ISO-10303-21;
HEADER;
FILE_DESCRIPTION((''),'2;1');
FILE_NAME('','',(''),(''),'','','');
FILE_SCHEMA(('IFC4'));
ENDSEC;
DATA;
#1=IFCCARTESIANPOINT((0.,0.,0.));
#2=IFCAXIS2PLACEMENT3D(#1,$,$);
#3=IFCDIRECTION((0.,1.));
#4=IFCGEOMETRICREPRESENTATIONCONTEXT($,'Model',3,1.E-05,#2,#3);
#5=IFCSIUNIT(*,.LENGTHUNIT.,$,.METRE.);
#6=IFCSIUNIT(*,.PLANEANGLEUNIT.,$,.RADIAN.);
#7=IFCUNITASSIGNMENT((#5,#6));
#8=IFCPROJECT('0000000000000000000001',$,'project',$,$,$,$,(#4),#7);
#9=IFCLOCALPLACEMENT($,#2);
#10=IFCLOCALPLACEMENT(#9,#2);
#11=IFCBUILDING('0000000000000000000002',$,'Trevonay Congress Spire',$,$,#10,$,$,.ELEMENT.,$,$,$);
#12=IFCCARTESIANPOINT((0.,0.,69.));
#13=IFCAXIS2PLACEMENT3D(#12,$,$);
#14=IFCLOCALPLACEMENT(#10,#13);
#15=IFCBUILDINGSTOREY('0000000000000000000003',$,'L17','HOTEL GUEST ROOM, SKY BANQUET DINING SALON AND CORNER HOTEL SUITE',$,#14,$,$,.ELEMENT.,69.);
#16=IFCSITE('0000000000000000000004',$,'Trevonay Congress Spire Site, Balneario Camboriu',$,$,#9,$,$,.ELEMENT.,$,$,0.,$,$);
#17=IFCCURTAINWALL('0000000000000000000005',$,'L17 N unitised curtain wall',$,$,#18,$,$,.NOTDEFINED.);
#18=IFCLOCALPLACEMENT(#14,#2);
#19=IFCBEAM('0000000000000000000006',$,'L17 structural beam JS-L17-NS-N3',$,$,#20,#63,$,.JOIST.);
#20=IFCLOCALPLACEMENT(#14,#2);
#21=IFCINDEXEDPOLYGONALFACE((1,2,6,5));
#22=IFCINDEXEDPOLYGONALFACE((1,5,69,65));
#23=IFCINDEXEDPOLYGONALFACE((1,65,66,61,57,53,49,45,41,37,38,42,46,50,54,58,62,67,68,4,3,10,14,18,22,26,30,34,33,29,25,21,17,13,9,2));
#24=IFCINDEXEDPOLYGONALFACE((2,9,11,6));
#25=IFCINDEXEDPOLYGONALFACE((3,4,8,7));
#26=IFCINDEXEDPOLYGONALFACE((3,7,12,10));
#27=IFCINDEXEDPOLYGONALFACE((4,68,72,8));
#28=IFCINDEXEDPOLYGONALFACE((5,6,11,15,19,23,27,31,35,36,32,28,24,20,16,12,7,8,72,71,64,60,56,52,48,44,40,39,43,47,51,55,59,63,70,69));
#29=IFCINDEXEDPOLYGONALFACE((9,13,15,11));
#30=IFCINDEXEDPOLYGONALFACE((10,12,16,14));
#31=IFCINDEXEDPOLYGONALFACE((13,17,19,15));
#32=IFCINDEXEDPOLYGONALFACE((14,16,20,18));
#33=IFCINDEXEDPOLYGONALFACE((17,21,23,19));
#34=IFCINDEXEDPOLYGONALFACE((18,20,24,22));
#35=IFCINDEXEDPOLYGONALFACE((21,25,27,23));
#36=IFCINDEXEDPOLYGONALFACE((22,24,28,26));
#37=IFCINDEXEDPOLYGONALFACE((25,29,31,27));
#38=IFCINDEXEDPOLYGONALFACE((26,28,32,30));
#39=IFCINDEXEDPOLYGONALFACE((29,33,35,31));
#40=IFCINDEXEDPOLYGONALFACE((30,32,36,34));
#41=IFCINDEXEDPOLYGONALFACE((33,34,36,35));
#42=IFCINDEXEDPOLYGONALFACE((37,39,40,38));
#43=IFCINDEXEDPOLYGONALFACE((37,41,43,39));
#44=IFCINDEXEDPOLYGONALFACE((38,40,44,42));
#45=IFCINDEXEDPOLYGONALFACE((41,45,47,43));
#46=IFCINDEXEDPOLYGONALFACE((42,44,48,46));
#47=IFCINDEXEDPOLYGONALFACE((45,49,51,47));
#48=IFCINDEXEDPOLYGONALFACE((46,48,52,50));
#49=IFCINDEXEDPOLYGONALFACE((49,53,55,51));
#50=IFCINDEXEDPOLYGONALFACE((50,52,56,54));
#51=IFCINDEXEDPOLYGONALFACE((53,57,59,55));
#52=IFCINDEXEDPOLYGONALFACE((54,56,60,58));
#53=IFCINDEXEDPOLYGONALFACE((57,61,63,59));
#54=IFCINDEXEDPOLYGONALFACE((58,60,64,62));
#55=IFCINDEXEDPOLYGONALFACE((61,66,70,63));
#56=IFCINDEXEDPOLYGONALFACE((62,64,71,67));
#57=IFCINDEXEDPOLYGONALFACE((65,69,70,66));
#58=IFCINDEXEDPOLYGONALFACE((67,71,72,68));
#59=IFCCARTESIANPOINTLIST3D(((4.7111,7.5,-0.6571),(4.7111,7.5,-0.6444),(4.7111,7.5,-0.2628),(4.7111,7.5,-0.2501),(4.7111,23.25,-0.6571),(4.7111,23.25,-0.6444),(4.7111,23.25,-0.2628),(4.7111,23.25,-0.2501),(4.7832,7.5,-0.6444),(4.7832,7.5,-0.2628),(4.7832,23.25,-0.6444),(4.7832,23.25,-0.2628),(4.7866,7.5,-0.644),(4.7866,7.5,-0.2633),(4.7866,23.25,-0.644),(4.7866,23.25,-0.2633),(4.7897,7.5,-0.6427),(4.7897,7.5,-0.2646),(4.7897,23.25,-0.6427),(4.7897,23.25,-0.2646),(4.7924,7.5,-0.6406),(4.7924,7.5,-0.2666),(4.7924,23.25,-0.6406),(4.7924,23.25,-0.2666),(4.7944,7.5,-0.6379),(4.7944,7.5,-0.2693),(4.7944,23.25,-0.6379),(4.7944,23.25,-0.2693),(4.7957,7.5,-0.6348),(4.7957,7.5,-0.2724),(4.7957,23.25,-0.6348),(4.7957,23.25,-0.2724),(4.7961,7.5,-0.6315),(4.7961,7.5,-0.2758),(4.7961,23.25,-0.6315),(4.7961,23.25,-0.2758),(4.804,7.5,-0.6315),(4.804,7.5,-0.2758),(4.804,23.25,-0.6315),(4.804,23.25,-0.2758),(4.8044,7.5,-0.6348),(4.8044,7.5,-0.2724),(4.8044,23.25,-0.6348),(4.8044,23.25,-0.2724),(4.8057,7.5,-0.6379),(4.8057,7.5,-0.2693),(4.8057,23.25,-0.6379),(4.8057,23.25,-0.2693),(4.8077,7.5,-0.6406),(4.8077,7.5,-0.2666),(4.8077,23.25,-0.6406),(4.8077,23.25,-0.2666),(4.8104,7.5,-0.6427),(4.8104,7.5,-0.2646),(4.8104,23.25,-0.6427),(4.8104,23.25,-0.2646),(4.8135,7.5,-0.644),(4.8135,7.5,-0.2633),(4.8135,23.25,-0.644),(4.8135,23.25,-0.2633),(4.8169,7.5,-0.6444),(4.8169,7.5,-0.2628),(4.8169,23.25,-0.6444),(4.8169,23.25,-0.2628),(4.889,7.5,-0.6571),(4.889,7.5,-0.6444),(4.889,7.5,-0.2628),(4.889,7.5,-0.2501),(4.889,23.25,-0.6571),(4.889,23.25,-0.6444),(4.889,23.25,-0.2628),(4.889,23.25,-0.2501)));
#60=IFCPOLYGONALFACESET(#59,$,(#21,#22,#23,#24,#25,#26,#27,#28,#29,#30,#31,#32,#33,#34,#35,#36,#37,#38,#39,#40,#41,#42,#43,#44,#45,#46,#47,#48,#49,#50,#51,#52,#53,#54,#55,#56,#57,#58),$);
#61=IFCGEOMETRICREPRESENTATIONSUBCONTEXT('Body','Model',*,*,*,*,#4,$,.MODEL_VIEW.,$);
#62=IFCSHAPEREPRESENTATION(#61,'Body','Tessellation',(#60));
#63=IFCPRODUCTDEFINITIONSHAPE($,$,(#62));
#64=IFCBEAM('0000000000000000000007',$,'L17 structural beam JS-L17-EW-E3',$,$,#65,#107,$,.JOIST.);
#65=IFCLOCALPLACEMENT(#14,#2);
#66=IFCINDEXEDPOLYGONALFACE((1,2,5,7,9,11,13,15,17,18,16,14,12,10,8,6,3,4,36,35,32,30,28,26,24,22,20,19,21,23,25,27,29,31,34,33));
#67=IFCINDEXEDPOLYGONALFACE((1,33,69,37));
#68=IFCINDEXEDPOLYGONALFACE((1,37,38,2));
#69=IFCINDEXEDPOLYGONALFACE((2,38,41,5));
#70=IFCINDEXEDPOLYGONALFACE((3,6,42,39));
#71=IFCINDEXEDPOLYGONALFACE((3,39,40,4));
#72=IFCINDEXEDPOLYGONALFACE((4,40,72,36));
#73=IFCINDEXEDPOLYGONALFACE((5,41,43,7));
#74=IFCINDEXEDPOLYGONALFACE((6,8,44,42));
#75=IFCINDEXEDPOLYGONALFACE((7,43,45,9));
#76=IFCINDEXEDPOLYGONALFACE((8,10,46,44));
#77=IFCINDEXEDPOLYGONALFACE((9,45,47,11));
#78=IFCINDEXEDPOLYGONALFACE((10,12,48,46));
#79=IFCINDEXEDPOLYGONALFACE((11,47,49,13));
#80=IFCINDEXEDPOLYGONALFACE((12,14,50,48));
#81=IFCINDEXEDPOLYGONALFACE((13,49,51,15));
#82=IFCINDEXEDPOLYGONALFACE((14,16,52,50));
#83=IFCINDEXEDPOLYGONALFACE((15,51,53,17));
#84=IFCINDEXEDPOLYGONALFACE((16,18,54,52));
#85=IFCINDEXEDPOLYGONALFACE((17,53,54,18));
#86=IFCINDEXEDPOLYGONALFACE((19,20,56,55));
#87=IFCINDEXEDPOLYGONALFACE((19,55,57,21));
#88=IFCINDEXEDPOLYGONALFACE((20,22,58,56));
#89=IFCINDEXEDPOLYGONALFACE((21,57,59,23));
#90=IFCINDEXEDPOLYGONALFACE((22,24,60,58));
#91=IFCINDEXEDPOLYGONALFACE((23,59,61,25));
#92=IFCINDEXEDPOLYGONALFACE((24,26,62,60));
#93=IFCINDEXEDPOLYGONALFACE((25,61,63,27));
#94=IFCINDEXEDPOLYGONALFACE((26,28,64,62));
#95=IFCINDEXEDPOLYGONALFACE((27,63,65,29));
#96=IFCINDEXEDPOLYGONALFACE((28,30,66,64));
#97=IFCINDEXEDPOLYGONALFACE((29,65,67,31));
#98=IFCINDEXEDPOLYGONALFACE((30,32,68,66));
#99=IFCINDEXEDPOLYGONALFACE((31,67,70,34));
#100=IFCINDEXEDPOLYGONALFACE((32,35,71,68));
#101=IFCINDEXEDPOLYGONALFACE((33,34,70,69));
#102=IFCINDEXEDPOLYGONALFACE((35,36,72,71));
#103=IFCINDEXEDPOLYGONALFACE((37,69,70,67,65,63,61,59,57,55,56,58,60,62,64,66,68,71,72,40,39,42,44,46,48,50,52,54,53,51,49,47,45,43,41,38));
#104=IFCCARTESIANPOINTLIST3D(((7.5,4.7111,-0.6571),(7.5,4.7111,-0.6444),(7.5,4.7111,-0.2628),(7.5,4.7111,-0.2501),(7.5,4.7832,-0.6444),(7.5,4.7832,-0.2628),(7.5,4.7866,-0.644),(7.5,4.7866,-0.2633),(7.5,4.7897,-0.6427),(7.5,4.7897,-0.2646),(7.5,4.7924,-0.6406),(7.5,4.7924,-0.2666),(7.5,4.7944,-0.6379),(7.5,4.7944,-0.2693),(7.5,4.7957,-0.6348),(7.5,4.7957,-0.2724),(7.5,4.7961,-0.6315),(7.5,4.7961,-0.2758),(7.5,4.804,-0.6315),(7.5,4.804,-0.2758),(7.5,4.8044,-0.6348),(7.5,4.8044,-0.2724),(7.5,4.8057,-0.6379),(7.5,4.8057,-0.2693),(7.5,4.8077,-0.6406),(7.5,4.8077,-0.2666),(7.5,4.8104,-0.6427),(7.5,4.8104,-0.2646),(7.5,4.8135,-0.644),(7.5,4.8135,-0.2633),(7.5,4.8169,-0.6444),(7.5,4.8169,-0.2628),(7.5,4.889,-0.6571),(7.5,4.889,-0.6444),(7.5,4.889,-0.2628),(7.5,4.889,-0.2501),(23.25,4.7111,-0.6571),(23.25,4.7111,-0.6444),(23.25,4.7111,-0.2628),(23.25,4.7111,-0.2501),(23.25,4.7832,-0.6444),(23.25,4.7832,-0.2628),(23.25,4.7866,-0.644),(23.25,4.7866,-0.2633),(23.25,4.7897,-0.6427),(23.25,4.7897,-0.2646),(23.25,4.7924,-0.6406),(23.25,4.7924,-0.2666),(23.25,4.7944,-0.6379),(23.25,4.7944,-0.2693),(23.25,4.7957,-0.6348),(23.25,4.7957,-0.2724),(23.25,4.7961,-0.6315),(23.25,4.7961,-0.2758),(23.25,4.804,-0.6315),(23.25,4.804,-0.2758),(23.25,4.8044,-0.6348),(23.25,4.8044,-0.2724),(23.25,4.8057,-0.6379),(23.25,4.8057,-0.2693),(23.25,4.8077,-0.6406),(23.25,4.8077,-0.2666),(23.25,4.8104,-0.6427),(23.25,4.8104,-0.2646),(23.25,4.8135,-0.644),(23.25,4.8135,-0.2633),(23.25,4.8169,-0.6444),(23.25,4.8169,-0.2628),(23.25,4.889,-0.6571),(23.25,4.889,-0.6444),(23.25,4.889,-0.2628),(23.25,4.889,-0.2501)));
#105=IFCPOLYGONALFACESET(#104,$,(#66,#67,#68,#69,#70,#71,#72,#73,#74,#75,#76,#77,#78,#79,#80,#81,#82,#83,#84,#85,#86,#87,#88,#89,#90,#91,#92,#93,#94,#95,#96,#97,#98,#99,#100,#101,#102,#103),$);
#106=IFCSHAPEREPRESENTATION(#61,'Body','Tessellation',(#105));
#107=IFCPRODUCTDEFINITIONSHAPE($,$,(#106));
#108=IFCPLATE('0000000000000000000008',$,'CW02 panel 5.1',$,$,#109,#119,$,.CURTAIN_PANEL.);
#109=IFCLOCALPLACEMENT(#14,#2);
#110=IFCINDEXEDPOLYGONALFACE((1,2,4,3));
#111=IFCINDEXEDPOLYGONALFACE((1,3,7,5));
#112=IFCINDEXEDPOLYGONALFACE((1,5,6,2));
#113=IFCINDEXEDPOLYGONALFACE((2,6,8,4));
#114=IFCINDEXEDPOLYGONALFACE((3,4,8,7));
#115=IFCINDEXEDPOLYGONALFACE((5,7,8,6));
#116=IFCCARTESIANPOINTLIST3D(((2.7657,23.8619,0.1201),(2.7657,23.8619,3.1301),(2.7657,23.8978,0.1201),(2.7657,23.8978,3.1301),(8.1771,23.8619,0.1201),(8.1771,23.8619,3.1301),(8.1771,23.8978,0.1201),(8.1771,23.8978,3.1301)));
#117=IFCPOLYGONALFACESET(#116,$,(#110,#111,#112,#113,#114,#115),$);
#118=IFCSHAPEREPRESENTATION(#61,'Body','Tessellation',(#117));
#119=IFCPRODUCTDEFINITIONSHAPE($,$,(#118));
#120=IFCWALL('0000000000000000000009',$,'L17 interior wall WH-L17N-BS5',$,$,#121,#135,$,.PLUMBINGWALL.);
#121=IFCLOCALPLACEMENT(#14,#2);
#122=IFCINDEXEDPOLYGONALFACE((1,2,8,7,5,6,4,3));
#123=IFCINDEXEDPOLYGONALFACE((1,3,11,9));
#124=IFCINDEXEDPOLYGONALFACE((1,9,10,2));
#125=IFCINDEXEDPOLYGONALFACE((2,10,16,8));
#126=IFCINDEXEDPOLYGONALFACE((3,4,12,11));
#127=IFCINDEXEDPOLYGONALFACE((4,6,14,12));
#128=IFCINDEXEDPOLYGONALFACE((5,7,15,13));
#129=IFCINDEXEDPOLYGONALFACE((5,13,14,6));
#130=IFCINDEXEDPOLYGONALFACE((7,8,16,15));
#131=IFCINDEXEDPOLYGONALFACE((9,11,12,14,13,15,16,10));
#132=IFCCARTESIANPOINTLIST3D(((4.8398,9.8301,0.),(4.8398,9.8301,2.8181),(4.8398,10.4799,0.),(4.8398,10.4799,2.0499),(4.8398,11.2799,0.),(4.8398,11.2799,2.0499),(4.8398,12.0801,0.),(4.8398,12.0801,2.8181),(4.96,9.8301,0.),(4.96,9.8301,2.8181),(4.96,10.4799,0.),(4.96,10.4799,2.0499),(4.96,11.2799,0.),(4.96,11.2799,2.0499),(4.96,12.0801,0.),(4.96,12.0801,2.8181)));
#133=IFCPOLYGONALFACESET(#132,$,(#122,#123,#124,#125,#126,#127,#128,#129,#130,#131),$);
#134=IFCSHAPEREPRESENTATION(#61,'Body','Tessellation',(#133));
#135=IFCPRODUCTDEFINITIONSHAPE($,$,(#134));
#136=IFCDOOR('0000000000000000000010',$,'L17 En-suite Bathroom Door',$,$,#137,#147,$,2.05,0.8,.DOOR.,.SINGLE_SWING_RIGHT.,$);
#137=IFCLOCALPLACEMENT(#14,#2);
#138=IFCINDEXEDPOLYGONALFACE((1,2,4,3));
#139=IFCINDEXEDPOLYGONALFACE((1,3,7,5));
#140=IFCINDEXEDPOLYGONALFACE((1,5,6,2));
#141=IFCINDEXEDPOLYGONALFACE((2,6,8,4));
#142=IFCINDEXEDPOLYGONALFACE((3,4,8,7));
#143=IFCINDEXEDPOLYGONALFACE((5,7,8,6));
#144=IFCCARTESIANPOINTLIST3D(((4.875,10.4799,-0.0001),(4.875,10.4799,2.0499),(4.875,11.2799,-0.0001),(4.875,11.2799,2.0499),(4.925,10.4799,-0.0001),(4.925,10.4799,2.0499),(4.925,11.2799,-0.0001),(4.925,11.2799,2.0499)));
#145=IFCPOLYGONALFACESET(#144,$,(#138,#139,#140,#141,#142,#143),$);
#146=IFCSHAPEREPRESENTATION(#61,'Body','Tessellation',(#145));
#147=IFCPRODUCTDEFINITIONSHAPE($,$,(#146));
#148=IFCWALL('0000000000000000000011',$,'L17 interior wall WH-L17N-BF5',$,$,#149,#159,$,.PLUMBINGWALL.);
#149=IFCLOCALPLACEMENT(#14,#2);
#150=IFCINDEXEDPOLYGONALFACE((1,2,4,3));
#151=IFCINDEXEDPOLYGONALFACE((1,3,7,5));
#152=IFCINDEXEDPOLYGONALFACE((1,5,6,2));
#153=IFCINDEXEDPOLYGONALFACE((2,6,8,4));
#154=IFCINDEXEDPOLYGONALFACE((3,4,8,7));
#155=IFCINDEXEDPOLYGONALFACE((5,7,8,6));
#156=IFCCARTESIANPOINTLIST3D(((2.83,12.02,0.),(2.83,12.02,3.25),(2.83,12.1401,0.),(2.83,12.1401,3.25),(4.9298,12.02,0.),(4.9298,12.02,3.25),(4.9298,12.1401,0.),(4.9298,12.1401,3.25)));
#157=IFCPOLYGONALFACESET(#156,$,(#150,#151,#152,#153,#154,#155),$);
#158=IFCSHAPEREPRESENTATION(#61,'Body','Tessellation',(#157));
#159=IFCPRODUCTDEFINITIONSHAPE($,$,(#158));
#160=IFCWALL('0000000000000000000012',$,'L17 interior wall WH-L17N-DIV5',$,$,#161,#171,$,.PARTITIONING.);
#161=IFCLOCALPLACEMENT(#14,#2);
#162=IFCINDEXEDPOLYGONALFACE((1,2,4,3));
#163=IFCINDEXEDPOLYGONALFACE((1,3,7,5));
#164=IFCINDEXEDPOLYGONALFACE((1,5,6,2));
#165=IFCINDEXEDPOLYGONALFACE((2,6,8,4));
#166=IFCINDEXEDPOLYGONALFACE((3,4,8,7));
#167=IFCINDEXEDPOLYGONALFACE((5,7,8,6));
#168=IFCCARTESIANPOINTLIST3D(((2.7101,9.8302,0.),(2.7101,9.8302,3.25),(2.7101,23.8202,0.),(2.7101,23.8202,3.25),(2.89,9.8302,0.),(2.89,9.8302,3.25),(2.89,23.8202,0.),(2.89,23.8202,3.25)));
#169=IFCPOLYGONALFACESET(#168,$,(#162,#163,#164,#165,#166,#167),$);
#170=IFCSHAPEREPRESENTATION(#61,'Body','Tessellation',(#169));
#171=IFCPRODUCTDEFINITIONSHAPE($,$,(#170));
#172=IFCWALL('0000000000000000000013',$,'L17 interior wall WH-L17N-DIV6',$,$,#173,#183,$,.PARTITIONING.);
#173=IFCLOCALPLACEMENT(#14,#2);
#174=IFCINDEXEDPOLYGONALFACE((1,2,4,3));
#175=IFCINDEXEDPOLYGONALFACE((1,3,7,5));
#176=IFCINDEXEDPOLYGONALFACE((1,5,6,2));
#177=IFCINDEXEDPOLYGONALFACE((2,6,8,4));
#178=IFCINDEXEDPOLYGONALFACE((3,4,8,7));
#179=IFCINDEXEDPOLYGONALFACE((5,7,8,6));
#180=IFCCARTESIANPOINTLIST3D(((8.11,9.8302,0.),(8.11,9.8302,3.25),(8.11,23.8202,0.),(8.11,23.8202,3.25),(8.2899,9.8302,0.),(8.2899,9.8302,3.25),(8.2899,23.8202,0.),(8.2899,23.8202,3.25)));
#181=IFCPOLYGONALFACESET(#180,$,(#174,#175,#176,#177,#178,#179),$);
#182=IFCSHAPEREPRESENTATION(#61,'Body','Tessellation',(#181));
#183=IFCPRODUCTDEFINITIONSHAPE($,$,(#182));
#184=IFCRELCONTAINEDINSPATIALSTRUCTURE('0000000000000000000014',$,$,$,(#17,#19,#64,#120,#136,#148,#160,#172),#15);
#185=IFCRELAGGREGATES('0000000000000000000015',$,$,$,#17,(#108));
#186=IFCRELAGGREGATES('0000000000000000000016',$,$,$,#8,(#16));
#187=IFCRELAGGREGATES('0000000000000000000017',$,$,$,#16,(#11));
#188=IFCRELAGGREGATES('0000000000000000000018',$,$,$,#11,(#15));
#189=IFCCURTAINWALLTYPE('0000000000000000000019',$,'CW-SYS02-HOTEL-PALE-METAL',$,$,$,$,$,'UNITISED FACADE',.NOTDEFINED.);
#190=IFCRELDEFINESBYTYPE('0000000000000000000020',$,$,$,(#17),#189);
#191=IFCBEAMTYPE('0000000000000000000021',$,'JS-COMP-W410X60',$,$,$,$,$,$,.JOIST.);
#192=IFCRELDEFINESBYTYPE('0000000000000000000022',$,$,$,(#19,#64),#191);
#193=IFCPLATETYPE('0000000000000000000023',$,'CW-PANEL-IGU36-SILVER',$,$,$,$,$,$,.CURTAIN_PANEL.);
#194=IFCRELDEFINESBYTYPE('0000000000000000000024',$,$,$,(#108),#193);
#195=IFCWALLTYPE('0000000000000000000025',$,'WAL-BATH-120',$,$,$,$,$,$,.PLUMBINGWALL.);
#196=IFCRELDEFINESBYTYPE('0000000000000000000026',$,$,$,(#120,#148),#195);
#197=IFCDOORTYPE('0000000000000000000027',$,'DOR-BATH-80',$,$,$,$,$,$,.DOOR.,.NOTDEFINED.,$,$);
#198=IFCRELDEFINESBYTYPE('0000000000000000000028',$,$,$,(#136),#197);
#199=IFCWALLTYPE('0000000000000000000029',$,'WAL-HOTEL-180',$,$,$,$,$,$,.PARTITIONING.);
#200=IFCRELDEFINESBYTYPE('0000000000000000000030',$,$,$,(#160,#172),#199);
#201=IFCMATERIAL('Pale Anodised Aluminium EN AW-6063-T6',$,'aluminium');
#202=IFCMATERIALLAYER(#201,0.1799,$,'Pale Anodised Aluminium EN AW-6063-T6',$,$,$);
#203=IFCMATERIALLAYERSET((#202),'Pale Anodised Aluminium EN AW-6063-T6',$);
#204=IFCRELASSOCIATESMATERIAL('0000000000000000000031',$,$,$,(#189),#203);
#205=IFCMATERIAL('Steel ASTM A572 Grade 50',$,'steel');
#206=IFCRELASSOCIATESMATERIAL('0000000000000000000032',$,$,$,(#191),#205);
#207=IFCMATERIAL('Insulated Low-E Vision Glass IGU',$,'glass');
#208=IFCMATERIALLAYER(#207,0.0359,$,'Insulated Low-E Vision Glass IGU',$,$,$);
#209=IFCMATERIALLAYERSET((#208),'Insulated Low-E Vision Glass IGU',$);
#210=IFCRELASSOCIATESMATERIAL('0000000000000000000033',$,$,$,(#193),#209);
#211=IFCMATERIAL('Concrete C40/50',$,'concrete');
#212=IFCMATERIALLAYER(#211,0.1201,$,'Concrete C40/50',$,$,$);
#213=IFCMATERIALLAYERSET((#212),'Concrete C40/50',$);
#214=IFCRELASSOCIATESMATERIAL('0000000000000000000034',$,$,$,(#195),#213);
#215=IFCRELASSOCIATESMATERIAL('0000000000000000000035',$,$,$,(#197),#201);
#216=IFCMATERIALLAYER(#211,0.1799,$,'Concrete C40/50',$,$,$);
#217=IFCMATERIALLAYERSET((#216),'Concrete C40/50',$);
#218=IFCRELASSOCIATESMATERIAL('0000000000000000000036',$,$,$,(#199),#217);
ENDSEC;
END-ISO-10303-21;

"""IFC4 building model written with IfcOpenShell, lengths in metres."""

from ifc_helpers import new_model, si_unit, direction, frame, frame_2d, origin, origin_2d, place, context, subcontext, project, spatial, rectangle, i_section, extrude, material, layer, layer_set, material_profile, profile_set, type_object, element, fill, aggregate, save


model = new_model("IFC4")

# Units and contexts
model_context = context("Model", 3, precision=1e-05, world=origin(), true_north=direction((0.0, 1.0)))
body_context = subcontext(model_context, "Body", "Model", "MODEL_VIEW")
ifc_project = project(units=[si_unit("LENGTHUNIT", "METRE"), si_unit("PLANEANGLEUNIT", "RADIAN")], contexts=[model_context])

# Site, building, storey
site_placement = place(None, origin())
site = spatial("IfcSite", under=ifc_project, at=site_placement, Name="Trevonay Congress Spire Site, Balneario Camboriu", CompositionType="ELEMENT", RefElevation=0.0)
building_placement = place(site_placement, origin())
building = spatial("IfcBuilding", under=site, at=building_placement, Name="Trevonay Congress Spire", CompositionType="ELEMENT")
storey_placement = place(building_placement, frame((0.0, 0.0, 69.0)))
storey = spatial("IfcBuildingStorey", under=building, at=storey_placement, Name="L17", Description="HOTEL GUEST ROOM, SKY BANQUET DINING SALON AND CORNER HOTEL SUITE", CompositionType="ELEMENT", Elevation=69.0)

# Shared definitions
ifc_material_1 = material(Name="Steel ASTM A572 Grade 50", Category="steel")

# Curtain wall
ifc_material_2 = material(Name="Pale Anodised Aluminium EN AW-6063-T6", Category="aluminium")
ifc_layer_1 = layer(ifc_material_2, 0.1799, Name="Pale Anodised Aluminium EN AW-6063-T6")
ifc_layer_set_1 = layer_set([ifc_layer_1], Name="Pale Anodised Aluminium EN AW-6063-T6")
curtain_wall_type = type_object("IfcCurtainWallType", Name="CW-SYS02-HOTEL-PALE-METAL", ElementType="UNITISED FACADE", PredefinedType="NOTDEFINED", material=ifc_layer_set_1)
curtain_wall_placement = place(storey_placement, origin())
curtain_wall = element("IfcCurtainWall", 1, at=curtain_wall_placement, inside=storey, type_object=curtain_wall_type, Name="L17 N unitised curtain wall", PredefinedType="NOTDEFINED")

# Beams
ifc_material_profile_1 = material_profile(ifc_material_1, i_section(OverallWidth=0.178, OverallDepth=0.407, WebThickness=0.0078, FlangeThickness=0.0127, FilletRadius=0.0129, at=origin_2d()), Name="W410x60")
ifc_profile_set_1 = profile_set([ifc_material_profile_1], Name="Steel ASTM A572 Grade 50")
beam_type_1 = type_object("IfcBeamType", Name="JS-COMP-W410X60", PredefinedType="JOIST", material=ifc_profile_set_1)
for number, where, z_axis, x_axis, name in (
    (2, (4.8, 7.5, -0.4536), (0.0, 1.0, 0.0), (-1.0, 0.0, 0.0), "L17 structural beam JS-L17-NS-N3"),
    (3, (7.5, 4.8, -0.4536), (1.0, 0.0, 0.0), (0.0, 1.0, 0.0), "L17 structural beam JS-L17-EW-E3"),
):
    element("IfcBeam", number, at=place(storey_placement, frame(where, z_axis=z_axis, x_axis=x_axis)), inside=storey, type_object=beam_type_1, Name=name, PredefinedType="JOIST", context=body_context, shape_type="SweptSolid", body=[
        extrude(i_section(OverallWidth=0.178, OverallDepth=0.407, WebThickness=0.0078, FlangeThickness=0.0127, FilletRadius=0.0129, at=origin_2d()), origin(), (0.0, 0.0, 1.0), 15.75),
    ])

# Plate
ifc_material_3 = material(Name="Insulated Low-E Vision Glass IGU", Category="glass")
ifc_layer_2 = layer(ifc_material_3, 0.0359, Name="Insulated Low-E Vision Glass IGU")
ifc_layer_set_2 = layer_set([ifc_layer_2], Name="Insulated Low-E Vision Glass IGU")
plate_type = type_object("IfcPlateType", Name="CW-PANEL-IGU36-SILVER", PredefinedType="CURTAIN_PANEL", material=ifc_layer_set_2)
plate_placement = place(storey_placement, frame((5.4714, 23.8799, 0.1201), z_axis=(0.0, 0.0, 1.0), x_axis=(1.0, 0.0, 0.0)))
plate = element("IfcPlate", 4, at=plate_placement, type_object=plate_type, Name="CW02 panel 5.1", PredefinedType="CURTAIN_PANEL", context=body_context, shape_type="SweptSolid", body=[
    extrude(rectangle(XDim=5.4114, YDim=0.0359, at=origin_2d()), origin(), (0.0, 0.0, 1.0), 3.01),
])
aggregate(curtain_wall, [plate])

# Wall, opening, door
ifc_material_4 = material(Name="Concrete C40/50", Category="concrete")
ifc_layer_3 = layer(ifc_material_4, 0.1201, Name="Concrete C40/50")
ifc_layer_set_3 = layer_set([ifc_layer_3], Name="Concrete C40/50")
wall_type_1 = type_object("IfcWallType", Name="WAL-BATH-120", PredefinedType="PLUMBINGWALL", material=ifc_layer_set_3)
wall_1_placement = place(storey_placement, frame((4.8999, 9.8301, 0.0), z_axis=(0.0, 0.0, 1.0), x_axis=(0.0, 1.0, 0.0)))
wall_1 = element("IfcWall", 5, at=wall_1_placement, inside=storey, type_object=wall_type_1, Name="L17 interior wall WH-L17N-BS5", PredefinedType="PLUMBINGWALL", context=body_context, shape_type="SweptSolid", body=[
    extrude(rectangle(XDim=2.25, YDim=0.1201, at=frame_2d((1.125, 0.0))), origin(), (0.0, 0.0, 1.0), 2.8181),
])
opening_1_placement = place(wall_1_placement, frame((0.6499, 0.0, 0.0)))
opening_1 = element("IfcOpeningElement", 6, at=opening_1_placement, cuts=wall_1, PredefinedType="OPENING", context=body_context, shape_type="SweptSolid", body=[
    extrude(rectangle(XDim=0.8, YDim=2.05, at=frame_2d((0.3999, 1.0249))), frame((0.0, 0.0701, 0.0), z_axis=(0.0, -1.0, 0.0), x_axis=(1.0, 0.0, 0.0)), (0.0, 0.0, 1.0), 0.1401),
])
door_type_1 = type_object("IfcDoorType", Name="DOR-BATH-80", OperationType="NOTDEFINED", PredefinedType="DOOR", material=ifc_material_2)
door_1_placement = place(opening_1_placement, origin())
door_1 = element("IfcDoor", 7, at=door_1_placement, inside=storey, type_object=door_type_1, Name="L17 En-suite Bathroom Door", OperationType="SINGLE_SWING_RIGHT", OverallHeight=2.05, OverallWidth=0.8, PredefinedType="DOOR", context=body_context, shape_type="SweptSolid", body=[
    extrude(rectangle(XDim=0.8, YDim=2.05, at=frame_2d((0.3999, 1.0249))), frame((0.0, 0.0249, 0.0), z_axis=(0.0, -1.0, 0.0), x_axis=(1.0, 0.0, 0.0)), (0.0, 0.0, 1.0), 0.05),
])
fill(opening_1, door_1)

# Walls
wall_2_placement = place(storey_placement, frame((2.8301, 12.0801, 0.0), z_axis=(0.0, 0.0, 1.0), x_axis=(1.0, 0.0, 0.0)))
element("IfcWall", 8, at=wall_2_placement, inside=storey, type_object=wall_type_1, Name="L17 interior wall WH-L17N-BF5", PredefinedType="PLUMBINGWALL", context=body_context, shape_type="SweptSolid", body=[
    extrude(rectangle(XDim=2.0999, YDim=0.1201, at=frame_2d((1.0498, 0.0))), origin(), (0.0, 0.0, 1.0), 3.25),
])
ifc_layer_4 = layer(ifc_material_4, 0.1799, Name="Concrete C40/50")
ifc_layer_set_4 = layer_set([ifc_layer_4], Name="Concrete C40/50")
wall_type_2 = type_object("IfcWallType", Name="WAL-HOTEL-180", PredefinedType="PARTITIONING", material=ifc_layer_set_4)
for number, where, z_axis, x_axis, name in (
    (9, (2.8, 9.8301, 0.0), (0.0, 0.0, 1.0), (0.0, 1.0, 0.0), "L17 interior wall WH-L17N-DIV5"),
    (10, (8.2, 9.8301, 0.0), (0.0, 0.0, 1.0), (0.0, 1.0, 0.0), "L17 interior wall WH-L17N-DIV6"),
):
    element("IfcWall", number, at=place(storey_placement, frame(where, z_axis=z_axis, x_axis=x_axis)), inside=storey, type_object=wall_type_2, Name=name, PredefinedType="PARTITIONING", context=body_context, shape_type="SweptSolid", body=[
        extrude(rectangle(XDim=13.99, YDim=0.1799, at=frame_2d((6.9951, 0.0))), origin(), (0.0, 0.0, 1.0), 3.25),
    ])

save(model, "model.ifc")
